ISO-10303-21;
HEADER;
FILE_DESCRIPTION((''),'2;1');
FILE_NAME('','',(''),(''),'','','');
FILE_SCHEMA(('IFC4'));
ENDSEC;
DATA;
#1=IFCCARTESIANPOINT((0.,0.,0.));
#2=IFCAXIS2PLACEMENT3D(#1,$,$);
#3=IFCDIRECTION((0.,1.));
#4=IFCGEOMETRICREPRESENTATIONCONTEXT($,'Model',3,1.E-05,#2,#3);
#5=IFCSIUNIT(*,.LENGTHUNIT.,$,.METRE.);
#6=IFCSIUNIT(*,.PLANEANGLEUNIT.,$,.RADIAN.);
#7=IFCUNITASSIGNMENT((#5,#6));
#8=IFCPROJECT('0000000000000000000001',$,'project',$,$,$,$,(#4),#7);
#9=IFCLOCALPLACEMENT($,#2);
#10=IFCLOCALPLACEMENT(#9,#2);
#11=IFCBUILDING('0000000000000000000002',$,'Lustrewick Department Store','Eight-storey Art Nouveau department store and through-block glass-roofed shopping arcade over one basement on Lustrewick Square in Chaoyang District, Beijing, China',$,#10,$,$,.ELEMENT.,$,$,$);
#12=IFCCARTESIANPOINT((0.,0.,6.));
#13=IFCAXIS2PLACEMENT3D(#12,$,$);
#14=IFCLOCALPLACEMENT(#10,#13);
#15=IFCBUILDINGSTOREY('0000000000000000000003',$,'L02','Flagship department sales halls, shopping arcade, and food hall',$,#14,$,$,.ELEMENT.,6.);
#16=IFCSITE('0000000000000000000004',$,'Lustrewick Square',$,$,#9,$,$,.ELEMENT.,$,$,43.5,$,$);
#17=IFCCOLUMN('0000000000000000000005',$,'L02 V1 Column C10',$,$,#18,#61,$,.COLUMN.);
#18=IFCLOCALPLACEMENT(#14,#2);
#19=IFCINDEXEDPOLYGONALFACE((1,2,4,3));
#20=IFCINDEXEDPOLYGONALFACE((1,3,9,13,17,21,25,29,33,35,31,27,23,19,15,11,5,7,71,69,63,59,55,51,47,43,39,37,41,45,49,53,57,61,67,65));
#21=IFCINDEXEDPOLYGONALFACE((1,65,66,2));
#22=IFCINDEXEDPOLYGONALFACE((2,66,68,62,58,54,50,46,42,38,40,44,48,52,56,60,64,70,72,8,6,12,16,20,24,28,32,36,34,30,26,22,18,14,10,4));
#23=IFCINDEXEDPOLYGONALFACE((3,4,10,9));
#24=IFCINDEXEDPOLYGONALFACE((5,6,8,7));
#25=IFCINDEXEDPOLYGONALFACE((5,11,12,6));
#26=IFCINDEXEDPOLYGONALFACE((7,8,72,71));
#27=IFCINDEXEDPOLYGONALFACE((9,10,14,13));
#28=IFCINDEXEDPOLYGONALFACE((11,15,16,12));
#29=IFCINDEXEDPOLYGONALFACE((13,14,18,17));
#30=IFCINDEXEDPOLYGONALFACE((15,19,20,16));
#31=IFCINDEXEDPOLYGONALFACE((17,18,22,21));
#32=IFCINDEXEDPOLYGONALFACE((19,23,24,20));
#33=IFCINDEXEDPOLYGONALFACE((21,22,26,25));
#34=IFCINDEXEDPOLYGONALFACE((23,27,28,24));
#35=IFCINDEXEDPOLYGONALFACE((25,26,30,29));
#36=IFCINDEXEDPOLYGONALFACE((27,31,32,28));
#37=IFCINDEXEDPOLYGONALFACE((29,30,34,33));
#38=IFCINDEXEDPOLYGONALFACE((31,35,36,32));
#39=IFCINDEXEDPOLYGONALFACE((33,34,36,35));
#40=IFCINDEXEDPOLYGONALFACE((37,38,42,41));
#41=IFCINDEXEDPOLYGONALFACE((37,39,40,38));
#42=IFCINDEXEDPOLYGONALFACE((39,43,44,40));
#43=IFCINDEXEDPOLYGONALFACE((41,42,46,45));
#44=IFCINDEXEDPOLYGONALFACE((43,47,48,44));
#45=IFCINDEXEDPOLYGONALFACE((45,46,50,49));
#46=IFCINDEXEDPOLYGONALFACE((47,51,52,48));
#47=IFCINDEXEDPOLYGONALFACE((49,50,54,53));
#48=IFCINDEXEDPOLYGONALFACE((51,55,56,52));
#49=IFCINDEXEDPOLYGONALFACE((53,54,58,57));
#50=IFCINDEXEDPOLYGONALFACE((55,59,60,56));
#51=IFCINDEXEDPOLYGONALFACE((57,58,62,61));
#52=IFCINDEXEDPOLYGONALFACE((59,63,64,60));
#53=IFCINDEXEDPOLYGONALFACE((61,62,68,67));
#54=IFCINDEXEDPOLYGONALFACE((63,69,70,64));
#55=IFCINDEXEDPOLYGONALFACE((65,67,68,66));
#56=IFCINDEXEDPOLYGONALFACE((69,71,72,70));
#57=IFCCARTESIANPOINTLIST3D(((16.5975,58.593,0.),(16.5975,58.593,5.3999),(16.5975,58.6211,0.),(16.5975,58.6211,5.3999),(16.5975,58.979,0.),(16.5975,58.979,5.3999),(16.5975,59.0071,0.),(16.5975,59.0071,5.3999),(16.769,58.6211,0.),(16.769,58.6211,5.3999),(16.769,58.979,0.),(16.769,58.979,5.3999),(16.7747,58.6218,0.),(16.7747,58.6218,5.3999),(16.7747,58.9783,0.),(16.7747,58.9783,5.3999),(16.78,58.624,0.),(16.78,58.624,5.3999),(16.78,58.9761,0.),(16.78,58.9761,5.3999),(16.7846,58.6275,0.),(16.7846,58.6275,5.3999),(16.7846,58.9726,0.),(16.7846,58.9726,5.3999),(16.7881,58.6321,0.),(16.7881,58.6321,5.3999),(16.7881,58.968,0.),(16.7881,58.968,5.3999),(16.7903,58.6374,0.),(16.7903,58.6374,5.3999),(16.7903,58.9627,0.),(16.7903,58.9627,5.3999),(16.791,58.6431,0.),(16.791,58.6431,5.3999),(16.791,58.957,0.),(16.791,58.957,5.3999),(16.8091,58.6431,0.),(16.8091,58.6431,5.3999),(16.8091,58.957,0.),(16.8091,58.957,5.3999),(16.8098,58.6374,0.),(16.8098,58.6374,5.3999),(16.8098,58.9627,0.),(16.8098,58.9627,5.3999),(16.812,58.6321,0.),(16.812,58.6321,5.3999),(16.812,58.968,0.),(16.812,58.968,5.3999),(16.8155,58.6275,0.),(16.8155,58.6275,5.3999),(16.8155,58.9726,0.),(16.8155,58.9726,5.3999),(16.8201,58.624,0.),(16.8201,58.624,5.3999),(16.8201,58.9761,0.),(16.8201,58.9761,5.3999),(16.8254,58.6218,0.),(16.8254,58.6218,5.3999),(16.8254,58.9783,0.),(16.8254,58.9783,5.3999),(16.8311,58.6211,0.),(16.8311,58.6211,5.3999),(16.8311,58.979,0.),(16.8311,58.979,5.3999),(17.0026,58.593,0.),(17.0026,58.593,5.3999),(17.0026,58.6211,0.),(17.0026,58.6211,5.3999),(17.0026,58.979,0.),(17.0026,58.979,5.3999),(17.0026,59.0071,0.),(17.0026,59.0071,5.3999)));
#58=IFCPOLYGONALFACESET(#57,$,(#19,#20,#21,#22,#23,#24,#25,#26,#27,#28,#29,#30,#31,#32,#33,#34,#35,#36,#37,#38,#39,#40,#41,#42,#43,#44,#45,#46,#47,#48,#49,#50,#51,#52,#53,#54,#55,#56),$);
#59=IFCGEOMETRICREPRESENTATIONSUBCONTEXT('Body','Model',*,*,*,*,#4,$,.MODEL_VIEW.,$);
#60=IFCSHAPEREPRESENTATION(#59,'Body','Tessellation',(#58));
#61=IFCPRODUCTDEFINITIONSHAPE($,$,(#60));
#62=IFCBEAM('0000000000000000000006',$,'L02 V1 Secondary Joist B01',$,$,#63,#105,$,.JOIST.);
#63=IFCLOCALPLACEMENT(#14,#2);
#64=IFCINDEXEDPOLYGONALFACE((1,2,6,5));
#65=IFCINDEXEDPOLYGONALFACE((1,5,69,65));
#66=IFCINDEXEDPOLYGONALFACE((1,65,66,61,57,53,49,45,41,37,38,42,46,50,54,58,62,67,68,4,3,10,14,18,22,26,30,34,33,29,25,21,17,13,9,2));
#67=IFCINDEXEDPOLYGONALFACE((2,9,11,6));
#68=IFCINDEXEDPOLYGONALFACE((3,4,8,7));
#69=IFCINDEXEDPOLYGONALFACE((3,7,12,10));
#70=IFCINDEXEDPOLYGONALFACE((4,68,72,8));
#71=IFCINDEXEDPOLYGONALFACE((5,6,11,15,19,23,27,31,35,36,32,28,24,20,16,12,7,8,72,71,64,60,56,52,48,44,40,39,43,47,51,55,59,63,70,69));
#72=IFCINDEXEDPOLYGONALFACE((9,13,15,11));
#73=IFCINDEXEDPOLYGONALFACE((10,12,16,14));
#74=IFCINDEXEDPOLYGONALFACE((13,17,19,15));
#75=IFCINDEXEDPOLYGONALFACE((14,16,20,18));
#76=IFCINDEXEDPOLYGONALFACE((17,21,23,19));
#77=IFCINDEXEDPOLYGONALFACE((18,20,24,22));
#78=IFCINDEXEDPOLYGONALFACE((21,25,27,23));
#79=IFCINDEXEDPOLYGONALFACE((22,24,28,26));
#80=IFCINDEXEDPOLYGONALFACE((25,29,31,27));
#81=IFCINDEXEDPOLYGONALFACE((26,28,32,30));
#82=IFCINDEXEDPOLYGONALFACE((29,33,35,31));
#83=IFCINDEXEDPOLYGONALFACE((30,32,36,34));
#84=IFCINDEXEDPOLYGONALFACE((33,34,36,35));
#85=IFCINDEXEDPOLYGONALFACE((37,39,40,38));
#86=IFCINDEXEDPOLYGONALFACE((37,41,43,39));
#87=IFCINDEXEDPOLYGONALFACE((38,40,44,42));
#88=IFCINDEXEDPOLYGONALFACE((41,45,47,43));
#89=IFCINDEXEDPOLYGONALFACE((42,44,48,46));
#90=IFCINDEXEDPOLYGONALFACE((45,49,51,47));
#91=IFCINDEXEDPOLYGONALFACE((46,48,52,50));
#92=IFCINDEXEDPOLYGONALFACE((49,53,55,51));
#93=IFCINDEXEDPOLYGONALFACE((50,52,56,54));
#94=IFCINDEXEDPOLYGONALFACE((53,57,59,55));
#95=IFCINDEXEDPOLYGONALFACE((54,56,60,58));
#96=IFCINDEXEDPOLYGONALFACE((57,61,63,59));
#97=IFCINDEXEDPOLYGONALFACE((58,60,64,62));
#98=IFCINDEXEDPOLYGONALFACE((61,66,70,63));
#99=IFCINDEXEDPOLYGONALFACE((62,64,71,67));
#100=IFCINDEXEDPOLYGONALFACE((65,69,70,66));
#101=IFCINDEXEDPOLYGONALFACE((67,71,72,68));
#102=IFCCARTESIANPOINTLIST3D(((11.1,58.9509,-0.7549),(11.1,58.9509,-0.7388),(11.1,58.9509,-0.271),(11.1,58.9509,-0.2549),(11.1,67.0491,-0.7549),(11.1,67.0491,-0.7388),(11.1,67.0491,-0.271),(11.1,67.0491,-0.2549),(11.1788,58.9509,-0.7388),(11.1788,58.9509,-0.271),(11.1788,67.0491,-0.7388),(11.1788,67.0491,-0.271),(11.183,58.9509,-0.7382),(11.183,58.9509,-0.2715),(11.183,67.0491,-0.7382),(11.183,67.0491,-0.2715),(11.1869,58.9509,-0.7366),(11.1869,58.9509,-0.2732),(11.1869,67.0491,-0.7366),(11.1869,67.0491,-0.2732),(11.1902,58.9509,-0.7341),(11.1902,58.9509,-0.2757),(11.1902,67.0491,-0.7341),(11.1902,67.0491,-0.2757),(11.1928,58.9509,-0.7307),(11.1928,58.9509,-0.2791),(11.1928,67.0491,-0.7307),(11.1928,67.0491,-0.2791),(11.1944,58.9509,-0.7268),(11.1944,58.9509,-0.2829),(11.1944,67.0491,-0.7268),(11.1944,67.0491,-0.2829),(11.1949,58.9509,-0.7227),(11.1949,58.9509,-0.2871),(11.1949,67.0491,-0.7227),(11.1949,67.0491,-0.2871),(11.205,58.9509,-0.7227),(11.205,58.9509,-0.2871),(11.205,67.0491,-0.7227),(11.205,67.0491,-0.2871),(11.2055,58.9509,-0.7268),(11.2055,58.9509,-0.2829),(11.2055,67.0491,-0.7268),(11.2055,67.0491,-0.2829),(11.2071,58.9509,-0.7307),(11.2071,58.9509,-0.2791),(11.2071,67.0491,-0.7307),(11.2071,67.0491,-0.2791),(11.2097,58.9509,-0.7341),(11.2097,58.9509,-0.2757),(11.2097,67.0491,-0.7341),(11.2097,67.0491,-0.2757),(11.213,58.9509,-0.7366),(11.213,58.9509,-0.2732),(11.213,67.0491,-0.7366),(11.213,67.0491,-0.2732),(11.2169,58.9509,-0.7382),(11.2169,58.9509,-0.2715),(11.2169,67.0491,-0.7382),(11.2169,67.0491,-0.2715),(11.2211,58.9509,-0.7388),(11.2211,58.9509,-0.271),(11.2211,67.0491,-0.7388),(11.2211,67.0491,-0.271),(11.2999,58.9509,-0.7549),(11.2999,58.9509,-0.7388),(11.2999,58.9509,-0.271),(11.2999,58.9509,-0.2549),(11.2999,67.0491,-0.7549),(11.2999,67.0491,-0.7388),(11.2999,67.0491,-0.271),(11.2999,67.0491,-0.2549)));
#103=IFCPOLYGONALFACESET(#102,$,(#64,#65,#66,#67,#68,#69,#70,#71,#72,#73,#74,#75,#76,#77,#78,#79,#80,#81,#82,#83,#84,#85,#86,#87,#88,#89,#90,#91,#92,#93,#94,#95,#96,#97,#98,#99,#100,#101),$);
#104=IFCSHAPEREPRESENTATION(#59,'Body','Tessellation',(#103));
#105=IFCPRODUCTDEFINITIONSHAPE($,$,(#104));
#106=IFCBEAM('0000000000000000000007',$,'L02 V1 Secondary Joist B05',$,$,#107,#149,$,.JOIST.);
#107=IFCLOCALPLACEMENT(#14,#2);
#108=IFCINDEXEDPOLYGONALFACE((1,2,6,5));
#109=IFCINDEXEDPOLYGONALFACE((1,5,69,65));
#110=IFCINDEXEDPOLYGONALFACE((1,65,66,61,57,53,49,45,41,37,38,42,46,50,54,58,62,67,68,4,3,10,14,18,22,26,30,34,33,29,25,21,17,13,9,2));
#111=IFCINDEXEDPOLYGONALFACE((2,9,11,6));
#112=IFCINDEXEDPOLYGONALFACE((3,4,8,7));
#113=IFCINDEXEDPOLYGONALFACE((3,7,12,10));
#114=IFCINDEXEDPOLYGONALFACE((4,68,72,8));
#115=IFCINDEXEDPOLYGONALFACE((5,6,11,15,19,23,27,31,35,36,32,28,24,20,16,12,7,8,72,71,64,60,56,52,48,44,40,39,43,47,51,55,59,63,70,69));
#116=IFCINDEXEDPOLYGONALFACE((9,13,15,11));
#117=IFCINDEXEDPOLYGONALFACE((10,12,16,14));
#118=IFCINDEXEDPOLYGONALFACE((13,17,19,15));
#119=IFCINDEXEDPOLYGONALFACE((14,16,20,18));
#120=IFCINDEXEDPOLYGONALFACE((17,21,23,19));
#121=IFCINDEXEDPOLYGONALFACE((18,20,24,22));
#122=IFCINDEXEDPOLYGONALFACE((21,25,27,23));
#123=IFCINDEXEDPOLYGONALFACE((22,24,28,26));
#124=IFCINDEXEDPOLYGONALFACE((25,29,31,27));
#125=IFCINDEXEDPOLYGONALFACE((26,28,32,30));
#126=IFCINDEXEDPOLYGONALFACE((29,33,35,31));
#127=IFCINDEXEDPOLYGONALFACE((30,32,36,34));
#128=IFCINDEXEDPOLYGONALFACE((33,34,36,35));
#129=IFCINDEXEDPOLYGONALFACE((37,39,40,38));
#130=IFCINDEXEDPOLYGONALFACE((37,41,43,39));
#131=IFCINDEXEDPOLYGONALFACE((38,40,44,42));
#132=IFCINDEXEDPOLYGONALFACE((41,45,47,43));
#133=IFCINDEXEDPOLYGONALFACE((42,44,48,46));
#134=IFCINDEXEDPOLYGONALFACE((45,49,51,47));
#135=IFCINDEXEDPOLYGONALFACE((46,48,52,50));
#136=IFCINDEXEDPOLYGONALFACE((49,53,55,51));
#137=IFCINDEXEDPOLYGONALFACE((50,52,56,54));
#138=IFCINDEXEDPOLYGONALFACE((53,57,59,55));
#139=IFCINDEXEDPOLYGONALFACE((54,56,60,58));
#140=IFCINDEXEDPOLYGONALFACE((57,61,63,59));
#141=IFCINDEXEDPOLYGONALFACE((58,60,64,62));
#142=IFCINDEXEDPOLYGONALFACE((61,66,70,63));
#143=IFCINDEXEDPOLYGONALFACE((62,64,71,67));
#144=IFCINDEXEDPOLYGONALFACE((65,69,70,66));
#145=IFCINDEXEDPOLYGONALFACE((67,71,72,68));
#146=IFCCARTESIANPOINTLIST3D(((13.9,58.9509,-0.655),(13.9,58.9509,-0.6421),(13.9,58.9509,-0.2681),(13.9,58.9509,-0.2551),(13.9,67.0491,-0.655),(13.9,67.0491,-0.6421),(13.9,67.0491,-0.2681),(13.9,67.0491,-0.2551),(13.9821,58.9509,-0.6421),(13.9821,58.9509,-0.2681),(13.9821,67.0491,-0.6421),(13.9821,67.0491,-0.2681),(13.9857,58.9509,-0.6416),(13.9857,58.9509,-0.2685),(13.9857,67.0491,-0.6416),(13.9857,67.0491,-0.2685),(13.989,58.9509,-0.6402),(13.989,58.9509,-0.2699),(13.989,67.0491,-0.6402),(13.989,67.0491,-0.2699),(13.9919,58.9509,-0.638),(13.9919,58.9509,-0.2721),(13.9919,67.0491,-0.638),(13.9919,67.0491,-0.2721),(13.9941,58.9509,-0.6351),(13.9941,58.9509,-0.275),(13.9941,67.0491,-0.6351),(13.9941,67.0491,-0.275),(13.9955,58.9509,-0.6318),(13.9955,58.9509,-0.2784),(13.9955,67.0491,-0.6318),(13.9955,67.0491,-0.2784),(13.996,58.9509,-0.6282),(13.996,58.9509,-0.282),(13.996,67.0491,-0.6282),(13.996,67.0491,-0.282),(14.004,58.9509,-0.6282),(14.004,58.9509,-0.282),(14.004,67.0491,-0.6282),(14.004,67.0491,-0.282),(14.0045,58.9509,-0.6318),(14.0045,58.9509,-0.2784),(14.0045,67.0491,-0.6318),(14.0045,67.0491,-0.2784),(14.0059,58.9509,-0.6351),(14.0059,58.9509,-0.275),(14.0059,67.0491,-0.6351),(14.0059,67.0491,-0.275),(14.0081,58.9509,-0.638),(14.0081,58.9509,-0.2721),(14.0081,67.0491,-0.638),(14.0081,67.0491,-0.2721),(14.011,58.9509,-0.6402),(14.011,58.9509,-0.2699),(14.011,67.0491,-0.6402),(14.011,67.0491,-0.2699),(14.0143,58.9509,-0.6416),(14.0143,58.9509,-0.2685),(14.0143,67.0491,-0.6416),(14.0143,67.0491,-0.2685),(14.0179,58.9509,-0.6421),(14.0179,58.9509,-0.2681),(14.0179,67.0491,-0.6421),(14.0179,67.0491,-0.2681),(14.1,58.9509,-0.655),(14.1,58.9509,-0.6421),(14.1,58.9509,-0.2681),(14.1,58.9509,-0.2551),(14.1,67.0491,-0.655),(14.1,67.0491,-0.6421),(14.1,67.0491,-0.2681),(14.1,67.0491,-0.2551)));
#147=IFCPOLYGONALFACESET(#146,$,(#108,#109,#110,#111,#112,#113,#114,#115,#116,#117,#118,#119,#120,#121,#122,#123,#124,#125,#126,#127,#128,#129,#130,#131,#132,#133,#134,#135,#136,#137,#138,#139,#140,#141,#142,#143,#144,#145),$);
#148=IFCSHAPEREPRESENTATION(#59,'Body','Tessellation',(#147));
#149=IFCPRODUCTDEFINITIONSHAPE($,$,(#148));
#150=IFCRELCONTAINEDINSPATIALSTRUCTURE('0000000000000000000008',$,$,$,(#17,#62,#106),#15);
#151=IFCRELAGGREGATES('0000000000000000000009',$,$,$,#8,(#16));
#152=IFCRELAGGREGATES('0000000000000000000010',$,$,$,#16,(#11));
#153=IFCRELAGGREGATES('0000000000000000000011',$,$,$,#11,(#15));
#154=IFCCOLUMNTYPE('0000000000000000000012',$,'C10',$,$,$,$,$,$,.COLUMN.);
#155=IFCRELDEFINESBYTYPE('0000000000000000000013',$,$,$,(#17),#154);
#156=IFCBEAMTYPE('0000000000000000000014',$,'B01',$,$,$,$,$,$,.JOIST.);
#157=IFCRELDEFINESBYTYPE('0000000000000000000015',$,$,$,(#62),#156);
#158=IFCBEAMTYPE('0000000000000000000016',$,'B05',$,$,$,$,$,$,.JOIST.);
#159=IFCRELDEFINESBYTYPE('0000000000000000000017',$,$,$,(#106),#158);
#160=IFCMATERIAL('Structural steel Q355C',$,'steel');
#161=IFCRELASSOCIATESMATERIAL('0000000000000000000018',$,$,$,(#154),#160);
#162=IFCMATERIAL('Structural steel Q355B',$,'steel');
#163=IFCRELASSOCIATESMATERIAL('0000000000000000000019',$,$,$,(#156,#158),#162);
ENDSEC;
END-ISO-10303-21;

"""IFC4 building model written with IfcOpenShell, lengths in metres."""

from ifc_helpers import new_model, si_unit, direction, frame, origin, origin_2d, place, context, subcontext, project, spatial, i_section, extrude, material, material_profile, profile_set, type_object, element, save


model = new_model("IFC4")

# Units and contexts
model_context = context("Model", 3, precision=1e-05, world=origin(), true_north=direction((0.0, 1.0)))
body_context = subcontext(model_context, "Body", "Model", "MODEL_VIEW")
ifc_project = project(units=[si_unit("LENGTHUNIT", "METRE"), si_unit("PLANEANGLEUNIT", "RADIAN")], contexts=[model_context])

# Site, building, storey
site_placement = place(None, origin())
site = spatial("IfcSite", under=ifc_project, at=site_placement, Name="Lustrewick Square", CompositionType="ELEMENT", RefElevation=43.5)
building_placement = place(site_placement, origin())
building = spatial("IfcBuilding", under=site, at=building_placement, Name="Lustrewick Department Store", Description="Eight-storey Art Nouveau department store and through-block glass-roofed shopping arcade over one basement on Lustrewick Square in Chaoyang District, Beijing, China", CompositionType="ELEMENT")
storey_placement = place(building_placement, frame((0.0, 0.0, 6.0)))
storey = spatial("IfcBuildingStorey", under=building, at=storey_placement, Name="L02", Description="Flagship department sales halls, shopping arcade, and food hall", CompositionType="ELEMENT", Elevation=6.0)

# Column
ifc_material_1 = material(Name="Structural steel Q355C", Category="steel")
ifc_material_profile_1 = material_profile(ifc_material_1, i_section(OverallWidth=0.405, OverallDepth=0.4141, WebThickness=0.0181, FlangeThickness=0.0281, FilletRadius=0.022, at=origin_2d()), Name="HW 414x405x18x28")
ifc_profile_set_1 = profile_set([ifc_material_profile_1], Name="Structural steel Q355C")
column_type = type_object("IfcColumnType", Name="C10", PredefinedType="COLUMN", material=ifc_profile_set_1)
column_placement = place(storey_placement, frame((16.8, 58.8, 0.0), z_axis=(0.0, 0.0, 1.0), x_axis=(1.0, 0.0, 0.0)))
element("IfcColumn", 1, at=column_placement, inside=storey, type_object=column_type, Name="L02 V1 Column C10", PredefinedType="COLUMN", context=body_context, shape_type="SweptSolid", body=[
    extrude(i_section(OverallWidth=0.405, OverallDepth=0.4141, WebThickness=0.0181, FlangeThickness=0.0281, FilletRadius=0.022, at=origin_2d()), origin(), (0.0, 0.0, 1.0), 5.3999),
])

# Beams
ifc_material_2 = material(Name="Structural steel Q355B", Category="steel")
ifc_material_profile_2 = material_profile(ifc_material_2, i_section(OverallWidth=0.2, OverallDepth=0.5, WebThickness=0.01, FlangeThickness=0.0161, FilletRadius=0.0161, at=origin_2d()), Name="HN 500x200x10x16")
ifc_profile_set_2 = profile_set([ifc_material_profile_2], Name="Structural steel Q355B")
beam_type_1 = type_object("IfcBeamType", Name="B01", PredefinedType="JOIST", material=ifc_profile_set_2)
beam_1_placement = place(storey_placement, frame((11.2, 58.9509, -0.5049), z_axis=(0.0, 1.0, 0.0), x_axis=(-1.0, 0.0, 0.0)))
element("IfcBeam", 2, at=beam_1_placement, inside=storey, type_object=beam_type_1, Name="L02 V1 Secondary Joist B01", PredefinedType="JOIST", context=body_context, shape_type="SweptSolid", body=[
    extrude(i_section(OverallWidth=0.2, OverallDepth=0.5, WebThickness=0.01, FlangeThickness=0.0161, FilletRadius=0.0161, at=origin_2d()), origin(), (0.0, 0.0, 1.0), 8.0981),
])
ifc_material_profile_3 = material_profile(ifc_material_2, i_section(OverallWidth=0.2, OverallDepth=0.3999, WebThickness=0.0081, FlangeThickness=0.0129, FilletRadius=0.0139, at=origin_2d()), Name="HN 400x200x8x13")
ifc_profile_set_3 = profile_set([ifc_material_profile_3], Name="Structural steel Q355B")
beam_type_2 = type_object("IfcBeamType", Name="B05", PredefinedType="JOIST", material=ifc_profile_set_3)
beam_2_placement = place(storey_placement, frame((14.0, 58.9509, -0.4551), z_axis=(0.0, 1.0, 0.0), x_axis=(-1.0, 0.0, 0.0)))
element("IfcBeam", 3, at=beam_2_placement, inside=storey, type_object=beam_type_2, Name="L02 V1 Secondary Joist B05", PredefinedType="JOIST", context=body_context, shape_type="SweptSolid", body=[
    extrude(i_section(OverallWidth=0.2, OverallDepth=0.3999, WebThickness=0.0081, FlangeThickness=0.0129, FilletRadius=0.0139, at=origin_2d()), origin(), (0.0, 0.0, 1.0), 8.0981),
])

save(model, "model.ifc")
